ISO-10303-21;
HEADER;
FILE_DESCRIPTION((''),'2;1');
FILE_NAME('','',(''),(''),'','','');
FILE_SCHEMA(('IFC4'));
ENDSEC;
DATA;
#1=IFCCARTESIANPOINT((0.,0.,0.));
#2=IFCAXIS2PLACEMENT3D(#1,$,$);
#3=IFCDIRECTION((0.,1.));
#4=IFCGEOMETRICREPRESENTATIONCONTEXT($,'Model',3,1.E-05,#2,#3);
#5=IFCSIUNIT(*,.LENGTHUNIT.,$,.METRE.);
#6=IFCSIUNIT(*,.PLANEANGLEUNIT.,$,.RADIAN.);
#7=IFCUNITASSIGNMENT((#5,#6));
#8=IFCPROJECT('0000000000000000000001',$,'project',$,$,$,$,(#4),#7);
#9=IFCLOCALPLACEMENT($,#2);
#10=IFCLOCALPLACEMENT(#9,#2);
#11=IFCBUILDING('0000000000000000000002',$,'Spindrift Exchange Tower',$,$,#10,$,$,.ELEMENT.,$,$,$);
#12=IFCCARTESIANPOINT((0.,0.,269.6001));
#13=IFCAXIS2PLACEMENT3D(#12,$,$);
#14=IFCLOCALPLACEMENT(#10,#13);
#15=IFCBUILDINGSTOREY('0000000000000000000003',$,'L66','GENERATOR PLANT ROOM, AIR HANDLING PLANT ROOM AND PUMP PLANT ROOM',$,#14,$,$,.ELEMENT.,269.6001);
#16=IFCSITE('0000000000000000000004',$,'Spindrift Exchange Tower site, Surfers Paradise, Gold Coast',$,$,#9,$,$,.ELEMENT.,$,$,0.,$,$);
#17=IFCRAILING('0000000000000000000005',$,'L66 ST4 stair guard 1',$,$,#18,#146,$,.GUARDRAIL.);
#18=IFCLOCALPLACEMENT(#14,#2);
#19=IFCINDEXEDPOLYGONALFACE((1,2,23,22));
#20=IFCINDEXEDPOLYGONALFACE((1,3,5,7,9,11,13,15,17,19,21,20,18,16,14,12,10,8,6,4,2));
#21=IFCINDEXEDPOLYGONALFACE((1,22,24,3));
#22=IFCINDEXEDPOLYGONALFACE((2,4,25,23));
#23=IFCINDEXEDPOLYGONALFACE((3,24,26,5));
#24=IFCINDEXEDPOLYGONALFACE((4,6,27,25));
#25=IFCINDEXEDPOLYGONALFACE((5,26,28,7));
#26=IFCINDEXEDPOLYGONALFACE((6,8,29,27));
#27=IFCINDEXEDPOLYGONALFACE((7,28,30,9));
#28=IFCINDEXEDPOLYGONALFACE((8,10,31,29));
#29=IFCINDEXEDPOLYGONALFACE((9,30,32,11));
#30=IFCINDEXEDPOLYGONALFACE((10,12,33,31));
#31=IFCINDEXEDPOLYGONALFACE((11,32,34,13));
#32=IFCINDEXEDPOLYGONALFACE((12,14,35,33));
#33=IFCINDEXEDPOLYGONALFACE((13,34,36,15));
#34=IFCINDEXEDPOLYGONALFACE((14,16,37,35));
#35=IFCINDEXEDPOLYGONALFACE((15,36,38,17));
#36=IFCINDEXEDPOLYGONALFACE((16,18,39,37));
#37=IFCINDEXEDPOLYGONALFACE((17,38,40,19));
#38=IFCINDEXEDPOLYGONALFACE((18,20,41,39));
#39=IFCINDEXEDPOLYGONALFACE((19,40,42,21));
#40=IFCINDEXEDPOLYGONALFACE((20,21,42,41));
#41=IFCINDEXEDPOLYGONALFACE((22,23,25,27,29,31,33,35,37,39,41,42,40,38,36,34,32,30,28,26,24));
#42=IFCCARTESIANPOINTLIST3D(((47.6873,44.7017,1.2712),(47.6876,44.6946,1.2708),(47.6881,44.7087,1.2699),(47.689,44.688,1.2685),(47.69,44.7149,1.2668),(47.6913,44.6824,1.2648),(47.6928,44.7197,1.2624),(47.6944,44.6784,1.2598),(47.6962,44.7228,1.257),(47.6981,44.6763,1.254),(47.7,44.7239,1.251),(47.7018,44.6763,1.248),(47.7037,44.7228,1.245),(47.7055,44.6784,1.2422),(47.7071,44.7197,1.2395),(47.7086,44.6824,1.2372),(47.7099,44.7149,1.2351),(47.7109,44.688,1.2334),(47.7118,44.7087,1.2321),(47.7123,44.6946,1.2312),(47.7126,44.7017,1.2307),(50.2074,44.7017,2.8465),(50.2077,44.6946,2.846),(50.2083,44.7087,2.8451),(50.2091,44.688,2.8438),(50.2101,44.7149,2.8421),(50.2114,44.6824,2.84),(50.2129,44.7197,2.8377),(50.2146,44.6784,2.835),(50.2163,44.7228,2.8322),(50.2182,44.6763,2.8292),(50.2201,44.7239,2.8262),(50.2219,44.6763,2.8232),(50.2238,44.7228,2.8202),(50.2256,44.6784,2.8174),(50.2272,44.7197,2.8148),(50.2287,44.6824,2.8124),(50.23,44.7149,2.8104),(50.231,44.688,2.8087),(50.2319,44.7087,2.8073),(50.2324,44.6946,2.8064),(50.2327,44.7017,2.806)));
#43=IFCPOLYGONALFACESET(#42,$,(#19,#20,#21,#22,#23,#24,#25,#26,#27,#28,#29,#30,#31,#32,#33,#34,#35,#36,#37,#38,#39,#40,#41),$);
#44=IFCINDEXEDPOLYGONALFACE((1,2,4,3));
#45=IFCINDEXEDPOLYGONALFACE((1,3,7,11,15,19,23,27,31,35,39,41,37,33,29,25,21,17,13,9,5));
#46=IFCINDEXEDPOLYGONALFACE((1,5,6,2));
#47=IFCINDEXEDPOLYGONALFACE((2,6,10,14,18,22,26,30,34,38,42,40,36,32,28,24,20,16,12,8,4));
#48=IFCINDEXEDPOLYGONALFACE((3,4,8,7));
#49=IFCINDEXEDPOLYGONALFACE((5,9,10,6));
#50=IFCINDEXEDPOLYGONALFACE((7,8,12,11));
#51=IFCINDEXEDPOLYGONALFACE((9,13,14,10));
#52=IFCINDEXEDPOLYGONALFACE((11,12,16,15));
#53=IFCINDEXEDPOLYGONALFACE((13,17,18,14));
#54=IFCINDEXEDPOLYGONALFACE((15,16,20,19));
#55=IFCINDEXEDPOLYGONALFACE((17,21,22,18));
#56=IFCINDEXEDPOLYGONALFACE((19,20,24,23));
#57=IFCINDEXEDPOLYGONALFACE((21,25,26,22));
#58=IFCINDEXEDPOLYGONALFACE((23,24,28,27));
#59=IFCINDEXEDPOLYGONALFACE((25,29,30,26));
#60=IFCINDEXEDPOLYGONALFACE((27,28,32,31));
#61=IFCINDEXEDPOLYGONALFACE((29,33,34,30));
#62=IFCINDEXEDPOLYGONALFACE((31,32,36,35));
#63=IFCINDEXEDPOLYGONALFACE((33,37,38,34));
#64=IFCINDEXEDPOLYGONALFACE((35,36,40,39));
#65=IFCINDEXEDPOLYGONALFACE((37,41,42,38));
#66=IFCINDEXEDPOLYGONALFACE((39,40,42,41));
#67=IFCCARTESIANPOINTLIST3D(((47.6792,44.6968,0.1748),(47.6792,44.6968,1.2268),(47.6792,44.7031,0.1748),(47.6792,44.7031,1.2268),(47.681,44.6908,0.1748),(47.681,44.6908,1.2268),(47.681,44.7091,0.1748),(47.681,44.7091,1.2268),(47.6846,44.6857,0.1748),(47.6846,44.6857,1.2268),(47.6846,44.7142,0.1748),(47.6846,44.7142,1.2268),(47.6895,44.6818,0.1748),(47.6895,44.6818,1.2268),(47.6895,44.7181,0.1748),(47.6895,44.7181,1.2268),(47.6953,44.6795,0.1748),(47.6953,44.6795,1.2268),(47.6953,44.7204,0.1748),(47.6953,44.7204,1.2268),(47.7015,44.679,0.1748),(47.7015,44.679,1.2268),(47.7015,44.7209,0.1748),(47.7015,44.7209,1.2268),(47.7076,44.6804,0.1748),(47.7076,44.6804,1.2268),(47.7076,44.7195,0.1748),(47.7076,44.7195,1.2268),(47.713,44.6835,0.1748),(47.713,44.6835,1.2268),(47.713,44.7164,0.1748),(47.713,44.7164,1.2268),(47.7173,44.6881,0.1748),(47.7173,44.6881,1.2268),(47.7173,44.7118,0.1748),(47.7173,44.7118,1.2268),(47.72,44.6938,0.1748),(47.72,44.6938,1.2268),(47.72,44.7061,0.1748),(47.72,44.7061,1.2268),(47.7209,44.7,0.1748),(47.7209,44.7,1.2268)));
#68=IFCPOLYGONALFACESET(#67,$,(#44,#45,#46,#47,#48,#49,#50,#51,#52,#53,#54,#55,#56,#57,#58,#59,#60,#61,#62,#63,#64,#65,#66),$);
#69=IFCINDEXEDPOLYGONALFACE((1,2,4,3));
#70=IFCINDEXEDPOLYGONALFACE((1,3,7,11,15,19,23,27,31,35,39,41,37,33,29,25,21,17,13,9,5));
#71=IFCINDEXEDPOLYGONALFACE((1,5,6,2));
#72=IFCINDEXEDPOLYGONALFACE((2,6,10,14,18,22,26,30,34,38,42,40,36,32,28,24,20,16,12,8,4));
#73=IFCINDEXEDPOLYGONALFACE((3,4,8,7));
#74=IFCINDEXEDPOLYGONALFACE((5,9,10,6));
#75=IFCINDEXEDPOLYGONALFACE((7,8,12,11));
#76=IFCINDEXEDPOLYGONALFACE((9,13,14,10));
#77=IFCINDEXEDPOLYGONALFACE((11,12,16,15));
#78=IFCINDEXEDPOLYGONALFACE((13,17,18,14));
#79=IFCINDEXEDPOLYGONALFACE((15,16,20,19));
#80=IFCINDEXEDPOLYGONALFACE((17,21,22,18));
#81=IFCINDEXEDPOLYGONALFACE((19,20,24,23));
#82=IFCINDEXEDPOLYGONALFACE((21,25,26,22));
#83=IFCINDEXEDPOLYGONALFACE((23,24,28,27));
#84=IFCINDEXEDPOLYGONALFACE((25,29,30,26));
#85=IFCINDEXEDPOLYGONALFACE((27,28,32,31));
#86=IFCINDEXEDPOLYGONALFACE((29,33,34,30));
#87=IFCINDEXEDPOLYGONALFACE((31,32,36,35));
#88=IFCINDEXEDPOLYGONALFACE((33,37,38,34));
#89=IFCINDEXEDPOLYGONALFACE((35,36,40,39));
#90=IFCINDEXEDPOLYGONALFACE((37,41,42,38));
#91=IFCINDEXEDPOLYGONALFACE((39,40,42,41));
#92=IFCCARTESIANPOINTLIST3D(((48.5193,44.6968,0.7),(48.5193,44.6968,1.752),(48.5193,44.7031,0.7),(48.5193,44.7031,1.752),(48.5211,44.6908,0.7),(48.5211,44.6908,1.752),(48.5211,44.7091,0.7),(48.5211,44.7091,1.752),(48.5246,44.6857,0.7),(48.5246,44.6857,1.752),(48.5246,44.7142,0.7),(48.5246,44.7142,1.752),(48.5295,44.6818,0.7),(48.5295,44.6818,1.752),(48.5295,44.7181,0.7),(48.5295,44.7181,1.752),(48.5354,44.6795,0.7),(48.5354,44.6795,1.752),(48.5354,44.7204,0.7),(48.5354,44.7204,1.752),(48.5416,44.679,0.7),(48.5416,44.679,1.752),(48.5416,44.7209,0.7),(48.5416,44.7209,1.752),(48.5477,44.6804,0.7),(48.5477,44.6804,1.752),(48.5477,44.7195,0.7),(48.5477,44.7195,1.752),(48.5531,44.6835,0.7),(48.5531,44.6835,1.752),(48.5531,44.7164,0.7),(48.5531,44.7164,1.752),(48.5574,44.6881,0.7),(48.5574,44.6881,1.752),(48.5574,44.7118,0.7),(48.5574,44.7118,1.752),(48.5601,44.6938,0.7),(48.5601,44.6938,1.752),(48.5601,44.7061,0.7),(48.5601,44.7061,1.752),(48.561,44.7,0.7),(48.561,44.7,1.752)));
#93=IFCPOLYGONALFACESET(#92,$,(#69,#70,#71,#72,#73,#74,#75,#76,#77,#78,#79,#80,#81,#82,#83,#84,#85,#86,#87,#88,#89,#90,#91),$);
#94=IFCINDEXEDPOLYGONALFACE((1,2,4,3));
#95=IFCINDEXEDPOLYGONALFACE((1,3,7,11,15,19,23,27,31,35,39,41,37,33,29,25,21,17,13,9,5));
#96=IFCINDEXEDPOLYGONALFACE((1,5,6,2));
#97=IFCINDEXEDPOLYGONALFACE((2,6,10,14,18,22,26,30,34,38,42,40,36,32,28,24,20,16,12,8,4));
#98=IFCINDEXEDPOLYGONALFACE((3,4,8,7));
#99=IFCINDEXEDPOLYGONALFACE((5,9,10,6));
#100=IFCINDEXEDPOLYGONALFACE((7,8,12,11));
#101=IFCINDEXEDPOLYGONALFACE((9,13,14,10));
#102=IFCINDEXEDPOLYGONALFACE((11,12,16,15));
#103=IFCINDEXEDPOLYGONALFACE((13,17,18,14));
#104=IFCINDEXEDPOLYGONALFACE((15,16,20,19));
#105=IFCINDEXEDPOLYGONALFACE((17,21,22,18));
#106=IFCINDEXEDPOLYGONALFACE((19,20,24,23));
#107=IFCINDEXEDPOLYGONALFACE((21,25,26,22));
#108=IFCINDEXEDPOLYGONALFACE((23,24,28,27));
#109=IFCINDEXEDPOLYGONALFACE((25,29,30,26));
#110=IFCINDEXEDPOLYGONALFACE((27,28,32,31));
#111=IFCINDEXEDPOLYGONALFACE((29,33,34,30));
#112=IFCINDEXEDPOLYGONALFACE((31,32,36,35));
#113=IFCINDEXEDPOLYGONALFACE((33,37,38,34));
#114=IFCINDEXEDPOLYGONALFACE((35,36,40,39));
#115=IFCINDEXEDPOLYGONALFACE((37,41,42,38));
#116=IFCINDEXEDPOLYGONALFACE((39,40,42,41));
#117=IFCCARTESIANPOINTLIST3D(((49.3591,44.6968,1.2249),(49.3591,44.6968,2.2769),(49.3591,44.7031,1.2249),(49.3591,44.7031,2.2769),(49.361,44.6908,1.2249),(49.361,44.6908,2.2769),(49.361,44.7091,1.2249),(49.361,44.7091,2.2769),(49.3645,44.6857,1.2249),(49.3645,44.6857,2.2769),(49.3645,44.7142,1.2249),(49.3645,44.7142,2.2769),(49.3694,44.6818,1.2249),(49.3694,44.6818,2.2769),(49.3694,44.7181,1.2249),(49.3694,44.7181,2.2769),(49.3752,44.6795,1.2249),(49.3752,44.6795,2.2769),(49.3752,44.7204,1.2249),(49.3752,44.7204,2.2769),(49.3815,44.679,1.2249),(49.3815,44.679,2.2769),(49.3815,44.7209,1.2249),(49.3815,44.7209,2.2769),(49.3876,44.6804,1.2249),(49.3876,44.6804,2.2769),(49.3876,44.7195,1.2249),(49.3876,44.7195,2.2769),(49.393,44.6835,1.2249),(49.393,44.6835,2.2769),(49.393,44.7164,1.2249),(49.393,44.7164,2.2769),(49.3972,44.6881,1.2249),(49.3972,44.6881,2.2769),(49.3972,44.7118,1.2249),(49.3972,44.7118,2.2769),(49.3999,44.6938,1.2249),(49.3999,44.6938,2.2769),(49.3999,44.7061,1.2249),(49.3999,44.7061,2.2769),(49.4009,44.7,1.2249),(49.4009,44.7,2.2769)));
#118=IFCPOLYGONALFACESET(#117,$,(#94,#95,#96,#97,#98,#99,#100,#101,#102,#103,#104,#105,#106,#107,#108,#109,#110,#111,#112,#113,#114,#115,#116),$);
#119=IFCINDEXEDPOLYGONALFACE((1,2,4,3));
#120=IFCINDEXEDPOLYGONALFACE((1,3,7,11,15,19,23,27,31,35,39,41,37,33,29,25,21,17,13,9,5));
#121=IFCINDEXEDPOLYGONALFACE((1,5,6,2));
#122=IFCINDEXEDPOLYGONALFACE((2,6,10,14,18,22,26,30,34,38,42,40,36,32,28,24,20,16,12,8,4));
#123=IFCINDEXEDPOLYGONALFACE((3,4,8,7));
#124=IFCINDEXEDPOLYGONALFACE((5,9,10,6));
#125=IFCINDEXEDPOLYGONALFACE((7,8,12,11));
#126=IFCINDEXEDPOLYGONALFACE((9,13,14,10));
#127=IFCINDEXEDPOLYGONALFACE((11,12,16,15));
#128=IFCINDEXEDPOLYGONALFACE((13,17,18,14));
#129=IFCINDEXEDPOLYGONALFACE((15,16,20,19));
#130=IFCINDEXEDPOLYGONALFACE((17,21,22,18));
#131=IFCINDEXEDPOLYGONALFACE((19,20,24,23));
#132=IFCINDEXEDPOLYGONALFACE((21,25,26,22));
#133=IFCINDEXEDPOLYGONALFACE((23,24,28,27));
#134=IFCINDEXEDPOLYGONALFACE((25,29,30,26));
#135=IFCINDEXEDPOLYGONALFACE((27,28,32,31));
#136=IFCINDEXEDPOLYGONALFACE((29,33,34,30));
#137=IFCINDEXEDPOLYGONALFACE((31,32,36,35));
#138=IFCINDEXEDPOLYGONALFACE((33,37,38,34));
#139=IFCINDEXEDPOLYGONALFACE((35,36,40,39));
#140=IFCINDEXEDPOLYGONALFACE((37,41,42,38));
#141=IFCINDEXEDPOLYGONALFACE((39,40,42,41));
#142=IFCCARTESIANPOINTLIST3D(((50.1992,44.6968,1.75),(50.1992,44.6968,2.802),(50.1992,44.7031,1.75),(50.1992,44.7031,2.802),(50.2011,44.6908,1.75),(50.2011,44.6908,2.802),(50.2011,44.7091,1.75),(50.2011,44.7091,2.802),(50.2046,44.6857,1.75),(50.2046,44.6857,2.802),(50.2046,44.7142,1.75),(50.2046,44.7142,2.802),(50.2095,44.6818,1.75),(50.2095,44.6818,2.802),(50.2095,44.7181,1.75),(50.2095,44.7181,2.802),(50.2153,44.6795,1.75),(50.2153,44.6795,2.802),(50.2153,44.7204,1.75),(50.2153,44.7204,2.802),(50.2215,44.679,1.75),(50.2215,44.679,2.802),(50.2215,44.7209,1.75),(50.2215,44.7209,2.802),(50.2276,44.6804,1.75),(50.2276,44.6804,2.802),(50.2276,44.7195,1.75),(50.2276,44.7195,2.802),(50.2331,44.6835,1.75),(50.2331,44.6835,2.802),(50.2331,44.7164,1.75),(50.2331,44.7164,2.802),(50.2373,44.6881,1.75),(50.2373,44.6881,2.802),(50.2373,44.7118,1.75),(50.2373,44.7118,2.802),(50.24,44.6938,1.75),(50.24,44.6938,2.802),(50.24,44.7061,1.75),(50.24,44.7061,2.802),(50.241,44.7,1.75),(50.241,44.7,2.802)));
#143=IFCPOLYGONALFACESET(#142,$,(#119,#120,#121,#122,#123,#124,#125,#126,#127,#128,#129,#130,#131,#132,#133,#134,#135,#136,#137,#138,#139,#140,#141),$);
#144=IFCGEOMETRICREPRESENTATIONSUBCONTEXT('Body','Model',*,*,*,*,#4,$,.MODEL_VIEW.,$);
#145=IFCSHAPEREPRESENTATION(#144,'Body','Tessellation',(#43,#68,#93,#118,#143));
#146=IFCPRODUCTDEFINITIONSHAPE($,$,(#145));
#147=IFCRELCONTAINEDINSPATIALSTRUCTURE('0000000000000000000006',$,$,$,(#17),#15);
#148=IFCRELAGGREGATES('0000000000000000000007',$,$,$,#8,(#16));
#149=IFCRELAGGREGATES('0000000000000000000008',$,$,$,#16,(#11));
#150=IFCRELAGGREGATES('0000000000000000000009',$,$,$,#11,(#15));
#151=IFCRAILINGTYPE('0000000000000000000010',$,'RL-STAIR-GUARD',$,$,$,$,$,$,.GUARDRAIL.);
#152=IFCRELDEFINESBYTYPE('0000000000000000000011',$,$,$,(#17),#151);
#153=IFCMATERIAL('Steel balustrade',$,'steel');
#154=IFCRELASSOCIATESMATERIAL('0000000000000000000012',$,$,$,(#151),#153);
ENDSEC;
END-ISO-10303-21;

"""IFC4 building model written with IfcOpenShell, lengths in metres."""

from ifc_helpers import new_model, si_unit, direction, frame, origin, origin_2d, place, context, subcontext, project, spatial, circle, extrude, material, type_object, element, save


model = new_model("IFC4")

# Units and contexts
model_context = context("Model", 3, precision=1e-05, world=origin(), true_north=direction((0.0, 1.0)))
body_context = subcontext(model_context, "Body", "Model", "MODEL_VIEW")
ifc_project = project(units=[si_unit("LENGTHUNIT", "METRE"), si_unit("PLANEANGLEUNIT", "RADIAN")], contexts=[model_context])

# Site, building, storey
site_placement = place(None, origin())
site = spatial("IfcSite", under=ifc_project, at=site_placement, Name="Spindrift Exchange Tower site, Surfers Paradise, Gold Coast", CompositionType="ELEMENT", RefElevation=0.0)
building_placement = place(site_placement, origin())
building = spatial("IfcBuilding", under=site, at=building_placement, Name="Spindrift Exchange Tower", CompositionType="ELEMENT")
storey_placement = place(building_placement, frame((0.0, 0.0, 269.6001)))
storey = spatial("IfcBuildingStorey", under=building, at=storey_placement, Name="L66", Description="GENERATOR PLANT ROOM, AIR HANDLING PLANT ROOM AND PUMP PLANT ROOM", CompositionType="ELEMENT", Elevation=269.6001)

# Railing
ifc_material_1 = material(Name="Steel balustrade", Category="steel")
railing_type_1 = type_object("IfcRailingType", Name="RL-STAIR-GUARD", PredefinedType="GUARDRAIL", material=ifc_material_1)
railing_1_placement = place(storey_placement, frame((47.7, 44.7, 0.1748)))
element("IfcRailing", 1, at=railing_1_placement, inside=storey, type_object=railing_type_1, Name="L66 ST4 stair guard 1", PredefinedType="GUARDRAIL", context=body_context, shape_type="SweptSolid", body=[
    extrude(circle(Radius=0.0239, at=origin_2d()), frame((0.0, 0.0, 1.0762), z_axis=(0.847971, 0.0, 0.530043), x_axis=(0.0, 1.0, 0.0)), (0.0, 0.0, 1.0), 2.9719),
    extrude(circle(Radius=0.021, at=origin_2d()), origin(), (0.0, 0.0, 1.0), 1.052),
    extrude(circle(Radius=0.021, at=origin_2d()), frame((0.8401, 0.0, 0.5251)), (0.0, 0.0, 1.0), 1.052),
    extrude(circle(Radius=0.021, at=origin_2d()), frame((1.6799, 0.0, 1.05)), (0.0, 0.0, 1.0), 1.052),
    extrude(circle(Radius=0.021, at=origin_2d()), frame((2.52, 0.0, 1.5752)), (0.0, 0.0, 1.0), 1.052),
])

save(model, "model.ifc")
